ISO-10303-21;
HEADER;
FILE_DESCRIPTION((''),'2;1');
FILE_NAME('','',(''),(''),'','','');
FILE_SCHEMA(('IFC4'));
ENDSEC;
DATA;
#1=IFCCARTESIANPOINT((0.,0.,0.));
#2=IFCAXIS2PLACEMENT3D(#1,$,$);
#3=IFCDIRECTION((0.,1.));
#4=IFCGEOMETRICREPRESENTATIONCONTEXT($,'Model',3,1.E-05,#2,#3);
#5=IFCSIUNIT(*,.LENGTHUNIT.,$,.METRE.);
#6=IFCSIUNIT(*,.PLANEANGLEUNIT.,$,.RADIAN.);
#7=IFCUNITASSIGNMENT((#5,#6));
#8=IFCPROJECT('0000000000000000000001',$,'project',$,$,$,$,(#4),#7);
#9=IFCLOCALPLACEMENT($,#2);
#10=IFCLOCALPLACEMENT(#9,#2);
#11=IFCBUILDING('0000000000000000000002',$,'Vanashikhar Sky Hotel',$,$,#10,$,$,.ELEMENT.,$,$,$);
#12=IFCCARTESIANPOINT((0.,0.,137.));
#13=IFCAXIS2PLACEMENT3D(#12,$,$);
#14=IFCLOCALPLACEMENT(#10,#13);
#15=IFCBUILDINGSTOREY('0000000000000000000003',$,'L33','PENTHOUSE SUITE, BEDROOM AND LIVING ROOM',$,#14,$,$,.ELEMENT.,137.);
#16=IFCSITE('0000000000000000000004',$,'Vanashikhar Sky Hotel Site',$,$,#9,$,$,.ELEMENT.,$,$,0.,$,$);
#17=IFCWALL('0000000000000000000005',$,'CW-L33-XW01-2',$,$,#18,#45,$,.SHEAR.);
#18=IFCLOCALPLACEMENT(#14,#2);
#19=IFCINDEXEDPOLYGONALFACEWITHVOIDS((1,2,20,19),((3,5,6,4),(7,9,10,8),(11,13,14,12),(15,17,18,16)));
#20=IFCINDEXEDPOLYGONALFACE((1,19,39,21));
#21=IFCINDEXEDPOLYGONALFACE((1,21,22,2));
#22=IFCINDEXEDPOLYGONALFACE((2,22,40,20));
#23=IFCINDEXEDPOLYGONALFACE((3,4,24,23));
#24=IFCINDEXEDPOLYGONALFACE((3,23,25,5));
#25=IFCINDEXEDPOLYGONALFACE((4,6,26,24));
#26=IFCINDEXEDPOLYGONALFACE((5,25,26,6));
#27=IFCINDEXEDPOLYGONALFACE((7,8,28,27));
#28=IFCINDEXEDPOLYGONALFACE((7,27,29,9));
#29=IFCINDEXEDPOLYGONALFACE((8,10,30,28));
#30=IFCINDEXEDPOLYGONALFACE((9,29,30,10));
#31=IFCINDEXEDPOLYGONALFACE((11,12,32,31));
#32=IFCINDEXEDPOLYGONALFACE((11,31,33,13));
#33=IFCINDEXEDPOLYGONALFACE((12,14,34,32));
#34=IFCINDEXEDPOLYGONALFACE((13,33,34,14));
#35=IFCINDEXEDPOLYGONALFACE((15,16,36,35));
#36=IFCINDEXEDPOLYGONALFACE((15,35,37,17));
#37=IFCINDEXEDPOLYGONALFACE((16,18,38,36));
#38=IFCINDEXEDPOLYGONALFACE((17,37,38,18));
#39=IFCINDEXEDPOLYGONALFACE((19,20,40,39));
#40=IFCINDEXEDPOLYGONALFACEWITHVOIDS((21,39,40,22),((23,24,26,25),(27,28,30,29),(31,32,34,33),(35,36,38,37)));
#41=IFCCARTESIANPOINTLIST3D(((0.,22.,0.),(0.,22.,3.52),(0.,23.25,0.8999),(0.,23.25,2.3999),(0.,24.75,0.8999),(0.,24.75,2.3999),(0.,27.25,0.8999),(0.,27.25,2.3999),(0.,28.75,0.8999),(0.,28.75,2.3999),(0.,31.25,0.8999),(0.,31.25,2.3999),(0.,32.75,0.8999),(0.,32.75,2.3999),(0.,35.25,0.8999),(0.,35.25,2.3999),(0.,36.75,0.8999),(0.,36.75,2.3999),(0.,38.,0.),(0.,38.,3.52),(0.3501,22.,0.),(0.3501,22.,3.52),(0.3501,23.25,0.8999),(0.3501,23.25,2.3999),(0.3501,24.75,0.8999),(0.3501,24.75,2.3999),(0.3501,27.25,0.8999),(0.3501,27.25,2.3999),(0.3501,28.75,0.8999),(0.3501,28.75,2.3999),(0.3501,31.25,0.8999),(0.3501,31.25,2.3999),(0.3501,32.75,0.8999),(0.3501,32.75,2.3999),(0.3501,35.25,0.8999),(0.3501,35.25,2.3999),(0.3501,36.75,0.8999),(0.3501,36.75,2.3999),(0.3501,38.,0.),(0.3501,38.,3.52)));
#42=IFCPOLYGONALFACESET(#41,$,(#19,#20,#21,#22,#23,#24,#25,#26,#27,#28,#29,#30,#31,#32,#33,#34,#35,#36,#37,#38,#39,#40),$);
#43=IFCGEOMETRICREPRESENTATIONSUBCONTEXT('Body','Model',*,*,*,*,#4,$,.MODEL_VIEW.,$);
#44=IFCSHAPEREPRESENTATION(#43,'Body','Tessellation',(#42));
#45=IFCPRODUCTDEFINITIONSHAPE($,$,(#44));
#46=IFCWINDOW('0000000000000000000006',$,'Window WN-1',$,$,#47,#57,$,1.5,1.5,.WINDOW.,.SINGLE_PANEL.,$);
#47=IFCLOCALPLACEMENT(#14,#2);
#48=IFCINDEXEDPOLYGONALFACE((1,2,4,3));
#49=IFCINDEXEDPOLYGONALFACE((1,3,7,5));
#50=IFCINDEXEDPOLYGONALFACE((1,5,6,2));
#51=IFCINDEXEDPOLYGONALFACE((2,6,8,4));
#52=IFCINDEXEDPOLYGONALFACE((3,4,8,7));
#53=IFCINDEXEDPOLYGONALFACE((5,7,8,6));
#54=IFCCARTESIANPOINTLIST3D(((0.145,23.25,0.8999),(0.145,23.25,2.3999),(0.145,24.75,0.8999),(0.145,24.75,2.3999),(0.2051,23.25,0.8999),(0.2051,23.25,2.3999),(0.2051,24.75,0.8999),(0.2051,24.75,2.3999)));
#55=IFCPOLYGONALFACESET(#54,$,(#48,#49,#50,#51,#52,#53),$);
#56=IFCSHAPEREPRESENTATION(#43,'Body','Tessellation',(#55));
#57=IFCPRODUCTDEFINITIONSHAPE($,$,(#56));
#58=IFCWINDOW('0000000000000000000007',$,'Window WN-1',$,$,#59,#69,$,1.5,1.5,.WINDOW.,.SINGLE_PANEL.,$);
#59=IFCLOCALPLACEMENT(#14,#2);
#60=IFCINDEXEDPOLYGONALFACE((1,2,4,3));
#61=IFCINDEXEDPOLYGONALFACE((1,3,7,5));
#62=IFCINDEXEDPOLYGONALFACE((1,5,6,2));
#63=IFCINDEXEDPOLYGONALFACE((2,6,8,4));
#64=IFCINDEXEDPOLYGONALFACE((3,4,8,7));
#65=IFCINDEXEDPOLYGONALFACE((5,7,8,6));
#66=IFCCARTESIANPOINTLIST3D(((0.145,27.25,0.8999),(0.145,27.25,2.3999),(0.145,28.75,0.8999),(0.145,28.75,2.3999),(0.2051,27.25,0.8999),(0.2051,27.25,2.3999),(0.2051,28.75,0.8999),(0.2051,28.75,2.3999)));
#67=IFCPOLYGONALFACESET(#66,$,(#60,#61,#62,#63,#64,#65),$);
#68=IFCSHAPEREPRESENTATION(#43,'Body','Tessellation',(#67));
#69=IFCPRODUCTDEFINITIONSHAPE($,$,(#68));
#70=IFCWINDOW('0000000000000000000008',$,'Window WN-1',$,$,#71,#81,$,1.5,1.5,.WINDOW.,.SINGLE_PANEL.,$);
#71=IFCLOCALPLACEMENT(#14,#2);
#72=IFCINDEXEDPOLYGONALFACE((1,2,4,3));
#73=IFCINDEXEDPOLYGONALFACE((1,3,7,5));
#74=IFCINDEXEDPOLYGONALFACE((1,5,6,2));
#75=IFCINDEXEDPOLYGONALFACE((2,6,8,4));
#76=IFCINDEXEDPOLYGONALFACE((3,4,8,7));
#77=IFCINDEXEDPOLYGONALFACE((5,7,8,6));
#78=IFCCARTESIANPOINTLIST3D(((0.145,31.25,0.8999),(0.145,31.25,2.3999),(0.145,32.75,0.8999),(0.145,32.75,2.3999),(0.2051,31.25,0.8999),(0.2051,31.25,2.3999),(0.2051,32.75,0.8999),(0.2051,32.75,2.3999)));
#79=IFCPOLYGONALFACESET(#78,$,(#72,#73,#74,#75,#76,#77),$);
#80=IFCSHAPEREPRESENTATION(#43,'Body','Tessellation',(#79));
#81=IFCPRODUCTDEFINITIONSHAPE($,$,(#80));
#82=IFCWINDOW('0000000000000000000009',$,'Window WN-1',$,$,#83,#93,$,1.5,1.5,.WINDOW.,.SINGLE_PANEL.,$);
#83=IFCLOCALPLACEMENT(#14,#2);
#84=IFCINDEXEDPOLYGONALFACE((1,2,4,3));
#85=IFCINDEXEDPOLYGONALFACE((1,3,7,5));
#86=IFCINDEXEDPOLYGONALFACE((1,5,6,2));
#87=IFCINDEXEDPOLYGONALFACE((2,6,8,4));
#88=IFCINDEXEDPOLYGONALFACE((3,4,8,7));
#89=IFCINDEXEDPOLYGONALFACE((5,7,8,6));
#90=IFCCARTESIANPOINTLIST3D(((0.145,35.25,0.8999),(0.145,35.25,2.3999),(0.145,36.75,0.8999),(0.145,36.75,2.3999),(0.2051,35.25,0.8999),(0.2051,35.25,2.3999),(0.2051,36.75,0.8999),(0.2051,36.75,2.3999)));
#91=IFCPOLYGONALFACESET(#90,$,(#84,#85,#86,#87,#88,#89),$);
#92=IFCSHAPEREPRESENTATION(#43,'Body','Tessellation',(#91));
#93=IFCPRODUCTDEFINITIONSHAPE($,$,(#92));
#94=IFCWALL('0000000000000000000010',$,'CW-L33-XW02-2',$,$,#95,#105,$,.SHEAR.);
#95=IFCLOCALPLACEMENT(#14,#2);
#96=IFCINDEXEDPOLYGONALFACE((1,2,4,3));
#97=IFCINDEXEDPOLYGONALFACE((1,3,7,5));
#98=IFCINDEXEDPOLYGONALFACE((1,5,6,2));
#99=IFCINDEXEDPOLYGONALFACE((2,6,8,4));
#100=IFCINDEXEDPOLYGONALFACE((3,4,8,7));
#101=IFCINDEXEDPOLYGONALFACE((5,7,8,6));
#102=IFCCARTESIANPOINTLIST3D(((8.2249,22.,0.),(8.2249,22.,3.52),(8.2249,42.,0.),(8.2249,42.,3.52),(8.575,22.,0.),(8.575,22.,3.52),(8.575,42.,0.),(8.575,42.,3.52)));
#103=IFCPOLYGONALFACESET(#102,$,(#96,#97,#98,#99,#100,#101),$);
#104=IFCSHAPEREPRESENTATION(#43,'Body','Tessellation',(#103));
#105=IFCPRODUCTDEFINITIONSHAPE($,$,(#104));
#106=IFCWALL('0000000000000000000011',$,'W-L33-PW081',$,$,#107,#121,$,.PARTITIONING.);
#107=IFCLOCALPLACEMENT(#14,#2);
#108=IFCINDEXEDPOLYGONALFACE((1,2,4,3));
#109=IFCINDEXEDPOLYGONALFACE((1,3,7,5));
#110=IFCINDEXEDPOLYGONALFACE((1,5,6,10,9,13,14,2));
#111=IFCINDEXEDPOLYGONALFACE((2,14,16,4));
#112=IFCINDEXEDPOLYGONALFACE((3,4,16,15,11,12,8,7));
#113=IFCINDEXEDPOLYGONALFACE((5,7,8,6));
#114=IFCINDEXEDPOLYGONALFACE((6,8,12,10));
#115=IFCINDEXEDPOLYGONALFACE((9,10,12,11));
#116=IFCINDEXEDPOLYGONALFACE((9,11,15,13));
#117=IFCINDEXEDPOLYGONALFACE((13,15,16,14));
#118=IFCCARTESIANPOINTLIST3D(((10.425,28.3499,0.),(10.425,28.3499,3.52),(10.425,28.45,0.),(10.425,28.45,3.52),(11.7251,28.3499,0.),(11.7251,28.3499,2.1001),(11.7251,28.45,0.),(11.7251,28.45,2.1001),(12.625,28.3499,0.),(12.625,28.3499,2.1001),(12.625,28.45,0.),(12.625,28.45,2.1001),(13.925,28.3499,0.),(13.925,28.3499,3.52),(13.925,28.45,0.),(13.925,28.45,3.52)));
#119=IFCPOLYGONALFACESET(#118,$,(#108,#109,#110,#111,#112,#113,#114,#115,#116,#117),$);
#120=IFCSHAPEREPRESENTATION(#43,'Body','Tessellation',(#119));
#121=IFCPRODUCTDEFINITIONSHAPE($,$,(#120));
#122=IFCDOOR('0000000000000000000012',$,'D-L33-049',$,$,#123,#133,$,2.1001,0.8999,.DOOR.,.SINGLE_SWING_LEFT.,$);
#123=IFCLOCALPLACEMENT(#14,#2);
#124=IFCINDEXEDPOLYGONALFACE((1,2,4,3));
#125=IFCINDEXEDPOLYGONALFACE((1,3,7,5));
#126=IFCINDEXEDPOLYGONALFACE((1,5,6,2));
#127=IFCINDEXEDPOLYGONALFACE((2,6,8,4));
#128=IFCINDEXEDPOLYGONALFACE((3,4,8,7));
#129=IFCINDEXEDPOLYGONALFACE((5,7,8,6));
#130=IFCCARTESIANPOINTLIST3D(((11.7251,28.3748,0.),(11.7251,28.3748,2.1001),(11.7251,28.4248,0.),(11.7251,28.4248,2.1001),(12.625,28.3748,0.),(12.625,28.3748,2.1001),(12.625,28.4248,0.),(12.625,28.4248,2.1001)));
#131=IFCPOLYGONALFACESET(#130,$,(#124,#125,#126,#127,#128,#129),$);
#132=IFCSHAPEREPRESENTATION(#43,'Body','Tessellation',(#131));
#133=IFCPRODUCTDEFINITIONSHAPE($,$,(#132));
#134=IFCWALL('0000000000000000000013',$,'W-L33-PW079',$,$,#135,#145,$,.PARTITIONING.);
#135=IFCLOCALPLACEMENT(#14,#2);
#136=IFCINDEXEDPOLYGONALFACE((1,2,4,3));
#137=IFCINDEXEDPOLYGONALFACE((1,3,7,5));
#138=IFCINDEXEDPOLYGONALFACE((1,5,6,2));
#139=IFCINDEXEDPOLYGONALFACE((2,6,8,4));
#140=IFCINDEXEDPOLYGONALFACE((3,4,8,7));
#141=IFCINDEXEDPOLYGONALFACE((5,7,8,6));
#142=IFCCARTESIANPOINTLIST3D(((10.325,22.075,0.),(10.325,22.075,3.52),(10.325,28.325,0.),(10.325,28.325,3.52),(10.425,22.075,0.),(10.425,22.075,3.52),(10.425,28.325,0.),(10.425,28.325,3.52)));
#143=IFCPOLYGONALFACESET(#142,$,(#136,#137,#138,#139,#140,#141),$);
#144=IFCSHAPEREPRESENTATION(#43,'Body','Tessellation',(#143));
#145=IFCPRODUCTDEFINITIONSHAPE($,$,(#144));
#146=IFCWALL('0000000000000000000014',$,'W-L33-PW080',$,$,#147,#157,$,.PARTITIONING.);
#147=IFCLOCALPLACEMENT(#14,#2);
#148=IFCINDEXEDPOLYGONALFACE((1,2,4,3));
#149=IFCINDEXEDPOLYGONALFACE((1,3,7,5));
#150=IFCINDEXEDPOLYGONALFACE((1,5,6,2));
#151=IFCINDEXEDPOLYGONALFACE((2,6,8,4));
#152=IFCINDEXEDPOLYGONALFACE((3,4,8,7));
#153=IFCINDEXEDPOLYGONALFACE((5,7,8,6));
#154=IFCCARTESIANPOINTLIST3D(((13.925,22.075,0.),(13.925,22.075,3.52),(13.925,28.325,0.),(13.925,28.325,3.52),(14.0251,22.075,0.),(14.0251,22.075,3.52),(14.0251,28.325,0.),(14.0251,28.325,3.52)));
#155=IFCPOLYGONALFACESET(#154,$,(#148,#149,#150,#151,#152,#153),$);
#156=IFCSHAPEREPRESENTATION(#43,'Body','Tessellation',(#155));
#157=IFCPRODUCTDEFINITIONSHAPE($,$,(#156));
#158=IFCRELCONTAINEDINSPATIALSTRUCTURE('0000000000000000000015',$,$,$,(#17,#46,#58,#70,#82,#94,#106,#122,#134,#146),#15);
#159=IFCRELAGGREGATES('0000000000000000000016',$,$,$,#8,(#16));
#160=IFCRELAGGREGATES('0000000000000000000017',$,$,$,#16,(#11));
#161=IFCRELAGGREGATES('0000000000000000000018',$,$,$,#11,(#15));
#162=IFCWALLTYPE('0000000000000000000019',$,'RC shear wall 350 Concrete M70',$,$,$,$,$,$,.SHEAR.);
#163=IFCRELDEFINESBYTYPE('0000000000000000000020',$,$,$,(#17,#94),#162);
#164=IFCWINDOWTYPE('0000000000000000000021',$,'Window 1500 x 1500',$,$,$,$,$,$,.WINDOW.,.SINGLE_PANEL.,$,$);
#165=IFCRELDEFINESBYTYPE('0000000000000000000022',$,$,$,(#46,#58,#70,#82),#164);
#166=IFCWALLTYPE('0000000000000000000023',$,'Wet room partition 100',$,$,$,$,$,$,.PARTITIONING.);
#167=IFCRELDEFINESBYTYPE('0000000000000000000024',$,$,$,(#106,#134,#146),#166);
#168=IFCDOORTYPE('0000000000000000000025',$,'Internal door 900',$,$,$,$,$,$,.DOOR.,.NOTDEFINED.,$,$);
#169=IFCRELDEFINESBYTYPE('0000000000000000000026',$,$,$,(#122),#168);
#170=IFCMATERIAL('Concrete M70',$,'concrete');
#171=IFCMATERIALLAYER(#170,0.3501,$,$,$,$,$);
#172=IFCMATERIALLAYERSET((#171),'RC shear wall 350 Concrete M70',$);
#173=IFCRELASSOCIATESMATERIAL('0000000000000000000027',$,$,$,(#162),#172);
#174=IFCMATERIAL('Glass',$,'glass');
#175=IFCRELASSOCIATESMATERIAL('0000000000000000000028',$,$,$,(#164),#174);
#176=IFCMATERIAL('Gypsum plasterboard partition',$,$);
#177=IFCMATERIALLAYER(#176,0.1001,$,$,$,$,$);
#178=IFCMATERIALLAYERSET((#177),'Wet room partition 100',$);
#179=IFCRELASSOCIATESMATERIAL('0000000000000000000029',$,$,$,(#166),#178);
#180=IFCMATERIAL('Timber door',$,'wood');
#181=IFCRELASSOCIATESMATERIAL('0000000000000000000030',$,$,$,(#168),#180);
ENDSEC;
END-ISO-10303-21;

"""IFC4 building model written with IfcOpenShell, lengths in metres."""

from ifc_helpers import new_model, si_unit, direction, frame, frame_2d, origin, place, context, subcontext, project, spatial, rectangle, extrude, source, transform, mapped, material, layer, layer_set, type_object, element, fill, save


model = new_model("IFC4")

# Units and contexts
model_context = context("Model", 3, precision=1e-05, world=origin(), true_north=direction((0.0, 1.0)))
body_context = subcontext(model_context, "Body", "Model", "MODEL_VIEW")
ifc_project = project(units=[si_unit("LENGTHUNIT", "METRE"), si_unit("PLANEANGLEUNIT", "RADIAN")], contexts=[model_context])

# Site, building, storey
site_placement = place(None, origin())
site = spatial("IfcSite", under=ifc_project, at=site_placement, Name="Vanashikhar Sky Hotel Site", CompositionType="ELEMENT", RefElevation=0.0)
building_placement = place(site_placement, origin())
building = spatial("IfcBuilding", under=site, at=building_placement, Name="Vanashikhar Sky Hotel", CompositionType="ELEMENT")
storey_placement = place(building_placement, frame((0.0, 0.0, 137.0)))
storey = spatial("IfcBuildingStorey", under=building, at=storey_placement, Name="L33", Description="PENTHOUSE SUITE, BEDROOM AND LIVING ROOM", CompositionType="ELEMENT", Elevation=137.0)

# Wall, openings, windows
ifc_material_1 = material(Name="Concrete M70", Category="concrete")
ifc_layer_1 = layer(ifc_material_1, 0.3501)
ifc_layer_set_1 = layer_set([ifc_layer_1], Name="RC shear wall 350 Concrete M70")
wall_type_1 = type_object("IfcWallType", Name="RC shear wall 350 Concrete M70", PredefinedType="SHEAR", material=ifc_layer_set_1)
shared_shape_1 = source(origin(), body_context, "Body", "SweptSolid", [
    extrude(rectangle(XDim=16.0, YDim=0.3501, at=frame_2d((8.0, 0.0))), origin(), (0.0, 0.0, 1.0), 3.52),
])
wall_1_placement = place(storey_placement, frame((0.175, 22.0, 0.0), z_axis=(0.0, 0.0, 1.0), x_axis=(0.0, 1.0, 0.0)))
wall_1 = element("IfcWall", 1, at=wall_1_placement, inside=storey, type_object=wall_type_1, Name="CW-L33-XW01-2", PredefinedType="SHEAR", context=body_context, shape_type="MappedRepresentation", body=[
    mapped(shared_shape_1, transform((0.0, 0.0, 0.0), scale=1.0)),
])
shared_shape_2 = source(origin(), body_context, "Body", "SweptSolid", [
    extrude(rectangle(XDim=1.5, YDim=1.5, at=frame_2d((0.75, 0.75))), frame((0.0, 0.1851, 0.0), z_axis=(0.0, -1.0, 0.0), x_axis=(1.0, 0.0, 0.0)), (0.0, 0.0, 1.0), 0.3701),
])
opening_1_placement = place(wall_1_placement, frame((1.25, 0.0, 0.8999)))
opening_1 = element("IfcOpeningElement", 2, at=opening_1_placement, cuts=wall_1, PredefinedType="OPENING", context=body_context, shape_type="MappedRepresentation", body=[
    mapped(shared_shape_2, transform((0.0, 0.0, 0.0), scale=1.0)),
])
opening_2_placement = place(wall_1_placement, frame((5.25, 0.0, 0.8999)))
opening_2 = element("IfcOpeningElement", 3, at=opening_2_placement, cuts=wall_1, PredefinedType="OPENING", context=body_context, shape_type="MappedRepresentation", body=[
    mapped(shared_shape_2, transform((0.0, 0.0, 0.0), scale=1.0)),
])
opening_3_placement = place(wall_1_placement, frame((9.25, 0.0, 0.8999)))
opening_3 = element("IfcOpeningElement", 4, at=opening_3_placement, cuts=wall_1, PredefinedType="OPENING", context=body_context, shape_type="MappedRepresentation", body=[
    mapped(shared_shape_2, transform((0.0, 0.0, 0.0), scale=1.0)),
])
opening_4_placement = place(wall_1_placement, frame((13.25, 0.0, 0.8999)))
opening_4 = element("IfcOpeningElement", 5, at=opening_4_placement, cuts=wall_1, PredefinedType="OPENING", context=body_context, shape_type="MappedRepresentation", body=[
    mapped(shared_shape_2, transform((0.0, 0.0, 0.0), scale=1.0)),
])
ifc_material_2 = material(Name="Glass", Category="glass")
window_type = type_object("IfcWindowType", Name="Window 1500 x 1500", PartitioningType="SINGLE_PANEL", PredefinedType="WINDOW", material=ifc_material_2)
shared_shape_3 = source(origin(), body_context, "Body", "SweptSolid", [
    extrude(rectangle(XDim=1.5, YDim=1.5, at=frame_2d((0.75, 0.75))), frame((0.0, 0.03, 0.0), z_axis=(0.0, -1.0, 0.0), x_axis=(1.0, 0.0, 0.0)), (0.0, 0.0, 1.0), 0.0601),
])
window_1_placement = place(opening_1_placement, origin())
window_1 = element("IfcWindow", 6, at=window_1_placement, inside=storey, type_object=window_type, Name="Window WN-1", OverallHeight=1.5, OverallWidth=1.5, PartitioningType="SINGLE_PANEL", PredefinedType="WINDOW", context=body_context, shape_type="MappedRepresentation", body=[
    mapped(shared_shape_3, transform((0.0, 0.0, 0.0), scale=1.0)),
])
fill(opening_1, window_1)
window_2_placement = place(opening_2_placement, origin())
window_2 = element("IfcWindow", 7, at=window_2_placement, inside=storey, type_object=window_type, Name="Window WN-1", OverallHeight=1.5, OverallWidth=1.5, PartitioningType="SINGLE_PANEL", PredefinedType="WINDOW", context=body_context, shape_type="MappedRepresentation", body=[
    mapped(shared_shape_3, transform((0.0, 0.0, 0.0), scale=1.0)),
])
fill(opening_2, window_2)
window_3_placement = place(opening_3_placement, origin())
window_3 = element("IfcWindow", 8, at=window_3_placement, inside=storey, type_object=window_type, Name="Window WN-1", OverallHeight=1.5, OverallWidth=1.5, PartitioningType="SINGLE_PANEL", PredefinedType="WINDOW", context=body_context, shape_type="MappedRepresentation", body=[
    mapped(shared_shape_3, transform((0.0, 0.0, 0.0), scale=1.0)),
])
fill(opening_3, window_3)
window_4_placement = place(opening_4_placement, origin())
window_4 = element("IfcWindow", 9, at=window_4_placement, inside=storey, type_object=window_type, Name="Window WN-1", OverallHeight=1.5, OverallWidth=1.5, PartitioningType="SINGLE_PANEL", PredefinedType="WINDOW", context=body_context, shape_type="MappedRepresentation", body=[
    mapped(shared_shape_3, transform((0.0, 0.0, 0.0), scale=1.0)),
])
fill(opening_4, window_4)

# Wall
shared_shape_4 = source(origin(), body_context, "Body", "SweptSolid", [
    extrude(rectangle(XDim=20.0, YDim=0.3501, at=frame_2d((10.0, 0.0))), origin(), (0.0, 0.0, 1.0), 3.52),
])
wall_2_placement = place(storey_placement, frame((8.3999, 22.0, 0.0), z_axis=(0.0, 0.0, 1.0), x_axis=(0.0, 1.0, 0.0)))
element("IfcWall", 10, at=wall_2_placement, inside=storey, type_object=wall_type_1, Name="CW-L33-XW02-2", PredefinedType="SHEAR", context=body_context, shape_type="MappedRepresentation", body=[
    mapped(shared_shape_4, transform((0.0, 0.0, 0.0), scale=1.0)),
])

# Wall, opening, door
ifc_material_3 = material(Name="Gypsum plasterboard partition")
ifc_layer_2 = layer(ifc_material_3, 0.1001)
ifc_layer_set_2 = layer_set([ifc_layer_2], Name="Wet room partition 100")
wall_type_2 = type_object("IfcWallType", Name="Wet room partition 100", PredefinedType="PARTITIONING", material=ifc_layer_set_2)
shared_shape_5 = source(origin(), body_context, "Body", "SweptSolid", [
    extrude(rectangle(XDim=3.5, YDim=0.1001, at=frame_2d((1.75, 0.0))), origin(), (0.0, 0.0, 1.0), 3.52),
])
wall_3_placement = place(storey_placement, frame((10.425, 28.3999, 0.0), z_axis=(0.0, 0.0, 1.0), x_axis=(1.0, 0.0, 0.0)))
wall_3 = element("IfcWall", 11, at=wall_3_placement, inside=storey, type_object=wall_type_2, Name="W-L33-PW081", PredefinedType="PARTITIONING", context=body_context, shape_type="MappedRepresentation", body=[
    mapped(shared_shape_5, transform((0.0, 0.0, 0.0), scale=1.0)),
])
shared_shape_6 = source(origin(), body_context, "Body", "SweptSolid", [
    extrude(rectangle(XDim=0.8999, YDim=2.1001, at=frame_2d((0.45, 1.05))), frame((0.0, 0.0601, 0.0), z_axis=(0.0, -1.0, 0.0), x_axis=(1.0, 0.0, 0.0)), (0.0, 0.0, 1.0), 0.1201),
])
opening_5_placement = place(wall_3_placement, frame((1.3, 0.0, 0.0)))
opening_5 = element("IfcOpeningElement", 12, at=opening_5_placement, cuts=wall_3, PredefinedType="OPENING", context=body_context, shape_type="MappedRepresentation", body=[
    mapped(shared_shape_6, transform((0.0, 0.0, 0.0), scale=1.0)),
])
ifc_material_4 = material(Name="Timber door", Category="wood")
door_type_1 = type_object("IfcDoorType", Name="Internal door 900", OperationType="NOTDEFINED", PredefinedType="DOOR", material=ifc_material_4)
shared_shape_7 = source(origin(), body_context, "Body", "SweptSolid", [
    extrude(rectangle(XDim=0.8999, YDim=2.1001, at=frame_2d((0.45, 1.05))), frame((0.0, 0.0249, 0.0), z_axis=(0.0, -1.0, 0.0), x_axis=(1.0, 0.0, 0.0)), (0.0, 0.0, 1.0), 0.05),
])
door_1_placement = place(opening_5_placement, origin())
door_1 = element("IfcDoor", 13, at=door_1_placement, inside=storey, type_object=door_type_1, Name="D-L33-049", OperationType="SINGLE_SWING_LEFT", OverallHeight=2.1001, OverallWidth=0.8999, PredefinedType="DOOR", context=body_context, shape_type="MappedRepresentation", body=[
    mapped(shared_shape_7, transform((0.0, 0.0, 0.0), scale=1.0)),
])
fill(opening_5, door_1)

# Walls
shared_shape_8 = source(origin(), body_context, "Body", "SweptSolid", [
    extrude(rectangle(XDim=6.25, YDim=0.1001, at=frame_2d((3.125, 0.0))), origin(), (0.0, 0.0, 1.0), 3.52),
])
for number, where, z_axis, x_axis, name in (
    (14, (10.375, 22.075, 0.0), (0.0, 0.0, 1.0), (0.0, 1.0, 0.0), "W-L33-PW079"),
    (15, (13.9751, 22.075, 0.0), (0.0, 0.0, 1.0), (0.0, 1.0, 0.0), "W-L33-PW080"),
):
    element("IfcWall", number, at=place(storey_placement, frame(where, z_axis=z_axis, x_axis=x_axis)), inside=storey, type_object=wall_type_2, Name=name, PredefinedType="PARTITIONING", context=body_context, shape_type="MappedRepresentation", body=[
        mapped(shared_shape_8, transform((0.0, 0.0, 0.0), scale=1.0)),
    ])

save(model, "model.ifc")
